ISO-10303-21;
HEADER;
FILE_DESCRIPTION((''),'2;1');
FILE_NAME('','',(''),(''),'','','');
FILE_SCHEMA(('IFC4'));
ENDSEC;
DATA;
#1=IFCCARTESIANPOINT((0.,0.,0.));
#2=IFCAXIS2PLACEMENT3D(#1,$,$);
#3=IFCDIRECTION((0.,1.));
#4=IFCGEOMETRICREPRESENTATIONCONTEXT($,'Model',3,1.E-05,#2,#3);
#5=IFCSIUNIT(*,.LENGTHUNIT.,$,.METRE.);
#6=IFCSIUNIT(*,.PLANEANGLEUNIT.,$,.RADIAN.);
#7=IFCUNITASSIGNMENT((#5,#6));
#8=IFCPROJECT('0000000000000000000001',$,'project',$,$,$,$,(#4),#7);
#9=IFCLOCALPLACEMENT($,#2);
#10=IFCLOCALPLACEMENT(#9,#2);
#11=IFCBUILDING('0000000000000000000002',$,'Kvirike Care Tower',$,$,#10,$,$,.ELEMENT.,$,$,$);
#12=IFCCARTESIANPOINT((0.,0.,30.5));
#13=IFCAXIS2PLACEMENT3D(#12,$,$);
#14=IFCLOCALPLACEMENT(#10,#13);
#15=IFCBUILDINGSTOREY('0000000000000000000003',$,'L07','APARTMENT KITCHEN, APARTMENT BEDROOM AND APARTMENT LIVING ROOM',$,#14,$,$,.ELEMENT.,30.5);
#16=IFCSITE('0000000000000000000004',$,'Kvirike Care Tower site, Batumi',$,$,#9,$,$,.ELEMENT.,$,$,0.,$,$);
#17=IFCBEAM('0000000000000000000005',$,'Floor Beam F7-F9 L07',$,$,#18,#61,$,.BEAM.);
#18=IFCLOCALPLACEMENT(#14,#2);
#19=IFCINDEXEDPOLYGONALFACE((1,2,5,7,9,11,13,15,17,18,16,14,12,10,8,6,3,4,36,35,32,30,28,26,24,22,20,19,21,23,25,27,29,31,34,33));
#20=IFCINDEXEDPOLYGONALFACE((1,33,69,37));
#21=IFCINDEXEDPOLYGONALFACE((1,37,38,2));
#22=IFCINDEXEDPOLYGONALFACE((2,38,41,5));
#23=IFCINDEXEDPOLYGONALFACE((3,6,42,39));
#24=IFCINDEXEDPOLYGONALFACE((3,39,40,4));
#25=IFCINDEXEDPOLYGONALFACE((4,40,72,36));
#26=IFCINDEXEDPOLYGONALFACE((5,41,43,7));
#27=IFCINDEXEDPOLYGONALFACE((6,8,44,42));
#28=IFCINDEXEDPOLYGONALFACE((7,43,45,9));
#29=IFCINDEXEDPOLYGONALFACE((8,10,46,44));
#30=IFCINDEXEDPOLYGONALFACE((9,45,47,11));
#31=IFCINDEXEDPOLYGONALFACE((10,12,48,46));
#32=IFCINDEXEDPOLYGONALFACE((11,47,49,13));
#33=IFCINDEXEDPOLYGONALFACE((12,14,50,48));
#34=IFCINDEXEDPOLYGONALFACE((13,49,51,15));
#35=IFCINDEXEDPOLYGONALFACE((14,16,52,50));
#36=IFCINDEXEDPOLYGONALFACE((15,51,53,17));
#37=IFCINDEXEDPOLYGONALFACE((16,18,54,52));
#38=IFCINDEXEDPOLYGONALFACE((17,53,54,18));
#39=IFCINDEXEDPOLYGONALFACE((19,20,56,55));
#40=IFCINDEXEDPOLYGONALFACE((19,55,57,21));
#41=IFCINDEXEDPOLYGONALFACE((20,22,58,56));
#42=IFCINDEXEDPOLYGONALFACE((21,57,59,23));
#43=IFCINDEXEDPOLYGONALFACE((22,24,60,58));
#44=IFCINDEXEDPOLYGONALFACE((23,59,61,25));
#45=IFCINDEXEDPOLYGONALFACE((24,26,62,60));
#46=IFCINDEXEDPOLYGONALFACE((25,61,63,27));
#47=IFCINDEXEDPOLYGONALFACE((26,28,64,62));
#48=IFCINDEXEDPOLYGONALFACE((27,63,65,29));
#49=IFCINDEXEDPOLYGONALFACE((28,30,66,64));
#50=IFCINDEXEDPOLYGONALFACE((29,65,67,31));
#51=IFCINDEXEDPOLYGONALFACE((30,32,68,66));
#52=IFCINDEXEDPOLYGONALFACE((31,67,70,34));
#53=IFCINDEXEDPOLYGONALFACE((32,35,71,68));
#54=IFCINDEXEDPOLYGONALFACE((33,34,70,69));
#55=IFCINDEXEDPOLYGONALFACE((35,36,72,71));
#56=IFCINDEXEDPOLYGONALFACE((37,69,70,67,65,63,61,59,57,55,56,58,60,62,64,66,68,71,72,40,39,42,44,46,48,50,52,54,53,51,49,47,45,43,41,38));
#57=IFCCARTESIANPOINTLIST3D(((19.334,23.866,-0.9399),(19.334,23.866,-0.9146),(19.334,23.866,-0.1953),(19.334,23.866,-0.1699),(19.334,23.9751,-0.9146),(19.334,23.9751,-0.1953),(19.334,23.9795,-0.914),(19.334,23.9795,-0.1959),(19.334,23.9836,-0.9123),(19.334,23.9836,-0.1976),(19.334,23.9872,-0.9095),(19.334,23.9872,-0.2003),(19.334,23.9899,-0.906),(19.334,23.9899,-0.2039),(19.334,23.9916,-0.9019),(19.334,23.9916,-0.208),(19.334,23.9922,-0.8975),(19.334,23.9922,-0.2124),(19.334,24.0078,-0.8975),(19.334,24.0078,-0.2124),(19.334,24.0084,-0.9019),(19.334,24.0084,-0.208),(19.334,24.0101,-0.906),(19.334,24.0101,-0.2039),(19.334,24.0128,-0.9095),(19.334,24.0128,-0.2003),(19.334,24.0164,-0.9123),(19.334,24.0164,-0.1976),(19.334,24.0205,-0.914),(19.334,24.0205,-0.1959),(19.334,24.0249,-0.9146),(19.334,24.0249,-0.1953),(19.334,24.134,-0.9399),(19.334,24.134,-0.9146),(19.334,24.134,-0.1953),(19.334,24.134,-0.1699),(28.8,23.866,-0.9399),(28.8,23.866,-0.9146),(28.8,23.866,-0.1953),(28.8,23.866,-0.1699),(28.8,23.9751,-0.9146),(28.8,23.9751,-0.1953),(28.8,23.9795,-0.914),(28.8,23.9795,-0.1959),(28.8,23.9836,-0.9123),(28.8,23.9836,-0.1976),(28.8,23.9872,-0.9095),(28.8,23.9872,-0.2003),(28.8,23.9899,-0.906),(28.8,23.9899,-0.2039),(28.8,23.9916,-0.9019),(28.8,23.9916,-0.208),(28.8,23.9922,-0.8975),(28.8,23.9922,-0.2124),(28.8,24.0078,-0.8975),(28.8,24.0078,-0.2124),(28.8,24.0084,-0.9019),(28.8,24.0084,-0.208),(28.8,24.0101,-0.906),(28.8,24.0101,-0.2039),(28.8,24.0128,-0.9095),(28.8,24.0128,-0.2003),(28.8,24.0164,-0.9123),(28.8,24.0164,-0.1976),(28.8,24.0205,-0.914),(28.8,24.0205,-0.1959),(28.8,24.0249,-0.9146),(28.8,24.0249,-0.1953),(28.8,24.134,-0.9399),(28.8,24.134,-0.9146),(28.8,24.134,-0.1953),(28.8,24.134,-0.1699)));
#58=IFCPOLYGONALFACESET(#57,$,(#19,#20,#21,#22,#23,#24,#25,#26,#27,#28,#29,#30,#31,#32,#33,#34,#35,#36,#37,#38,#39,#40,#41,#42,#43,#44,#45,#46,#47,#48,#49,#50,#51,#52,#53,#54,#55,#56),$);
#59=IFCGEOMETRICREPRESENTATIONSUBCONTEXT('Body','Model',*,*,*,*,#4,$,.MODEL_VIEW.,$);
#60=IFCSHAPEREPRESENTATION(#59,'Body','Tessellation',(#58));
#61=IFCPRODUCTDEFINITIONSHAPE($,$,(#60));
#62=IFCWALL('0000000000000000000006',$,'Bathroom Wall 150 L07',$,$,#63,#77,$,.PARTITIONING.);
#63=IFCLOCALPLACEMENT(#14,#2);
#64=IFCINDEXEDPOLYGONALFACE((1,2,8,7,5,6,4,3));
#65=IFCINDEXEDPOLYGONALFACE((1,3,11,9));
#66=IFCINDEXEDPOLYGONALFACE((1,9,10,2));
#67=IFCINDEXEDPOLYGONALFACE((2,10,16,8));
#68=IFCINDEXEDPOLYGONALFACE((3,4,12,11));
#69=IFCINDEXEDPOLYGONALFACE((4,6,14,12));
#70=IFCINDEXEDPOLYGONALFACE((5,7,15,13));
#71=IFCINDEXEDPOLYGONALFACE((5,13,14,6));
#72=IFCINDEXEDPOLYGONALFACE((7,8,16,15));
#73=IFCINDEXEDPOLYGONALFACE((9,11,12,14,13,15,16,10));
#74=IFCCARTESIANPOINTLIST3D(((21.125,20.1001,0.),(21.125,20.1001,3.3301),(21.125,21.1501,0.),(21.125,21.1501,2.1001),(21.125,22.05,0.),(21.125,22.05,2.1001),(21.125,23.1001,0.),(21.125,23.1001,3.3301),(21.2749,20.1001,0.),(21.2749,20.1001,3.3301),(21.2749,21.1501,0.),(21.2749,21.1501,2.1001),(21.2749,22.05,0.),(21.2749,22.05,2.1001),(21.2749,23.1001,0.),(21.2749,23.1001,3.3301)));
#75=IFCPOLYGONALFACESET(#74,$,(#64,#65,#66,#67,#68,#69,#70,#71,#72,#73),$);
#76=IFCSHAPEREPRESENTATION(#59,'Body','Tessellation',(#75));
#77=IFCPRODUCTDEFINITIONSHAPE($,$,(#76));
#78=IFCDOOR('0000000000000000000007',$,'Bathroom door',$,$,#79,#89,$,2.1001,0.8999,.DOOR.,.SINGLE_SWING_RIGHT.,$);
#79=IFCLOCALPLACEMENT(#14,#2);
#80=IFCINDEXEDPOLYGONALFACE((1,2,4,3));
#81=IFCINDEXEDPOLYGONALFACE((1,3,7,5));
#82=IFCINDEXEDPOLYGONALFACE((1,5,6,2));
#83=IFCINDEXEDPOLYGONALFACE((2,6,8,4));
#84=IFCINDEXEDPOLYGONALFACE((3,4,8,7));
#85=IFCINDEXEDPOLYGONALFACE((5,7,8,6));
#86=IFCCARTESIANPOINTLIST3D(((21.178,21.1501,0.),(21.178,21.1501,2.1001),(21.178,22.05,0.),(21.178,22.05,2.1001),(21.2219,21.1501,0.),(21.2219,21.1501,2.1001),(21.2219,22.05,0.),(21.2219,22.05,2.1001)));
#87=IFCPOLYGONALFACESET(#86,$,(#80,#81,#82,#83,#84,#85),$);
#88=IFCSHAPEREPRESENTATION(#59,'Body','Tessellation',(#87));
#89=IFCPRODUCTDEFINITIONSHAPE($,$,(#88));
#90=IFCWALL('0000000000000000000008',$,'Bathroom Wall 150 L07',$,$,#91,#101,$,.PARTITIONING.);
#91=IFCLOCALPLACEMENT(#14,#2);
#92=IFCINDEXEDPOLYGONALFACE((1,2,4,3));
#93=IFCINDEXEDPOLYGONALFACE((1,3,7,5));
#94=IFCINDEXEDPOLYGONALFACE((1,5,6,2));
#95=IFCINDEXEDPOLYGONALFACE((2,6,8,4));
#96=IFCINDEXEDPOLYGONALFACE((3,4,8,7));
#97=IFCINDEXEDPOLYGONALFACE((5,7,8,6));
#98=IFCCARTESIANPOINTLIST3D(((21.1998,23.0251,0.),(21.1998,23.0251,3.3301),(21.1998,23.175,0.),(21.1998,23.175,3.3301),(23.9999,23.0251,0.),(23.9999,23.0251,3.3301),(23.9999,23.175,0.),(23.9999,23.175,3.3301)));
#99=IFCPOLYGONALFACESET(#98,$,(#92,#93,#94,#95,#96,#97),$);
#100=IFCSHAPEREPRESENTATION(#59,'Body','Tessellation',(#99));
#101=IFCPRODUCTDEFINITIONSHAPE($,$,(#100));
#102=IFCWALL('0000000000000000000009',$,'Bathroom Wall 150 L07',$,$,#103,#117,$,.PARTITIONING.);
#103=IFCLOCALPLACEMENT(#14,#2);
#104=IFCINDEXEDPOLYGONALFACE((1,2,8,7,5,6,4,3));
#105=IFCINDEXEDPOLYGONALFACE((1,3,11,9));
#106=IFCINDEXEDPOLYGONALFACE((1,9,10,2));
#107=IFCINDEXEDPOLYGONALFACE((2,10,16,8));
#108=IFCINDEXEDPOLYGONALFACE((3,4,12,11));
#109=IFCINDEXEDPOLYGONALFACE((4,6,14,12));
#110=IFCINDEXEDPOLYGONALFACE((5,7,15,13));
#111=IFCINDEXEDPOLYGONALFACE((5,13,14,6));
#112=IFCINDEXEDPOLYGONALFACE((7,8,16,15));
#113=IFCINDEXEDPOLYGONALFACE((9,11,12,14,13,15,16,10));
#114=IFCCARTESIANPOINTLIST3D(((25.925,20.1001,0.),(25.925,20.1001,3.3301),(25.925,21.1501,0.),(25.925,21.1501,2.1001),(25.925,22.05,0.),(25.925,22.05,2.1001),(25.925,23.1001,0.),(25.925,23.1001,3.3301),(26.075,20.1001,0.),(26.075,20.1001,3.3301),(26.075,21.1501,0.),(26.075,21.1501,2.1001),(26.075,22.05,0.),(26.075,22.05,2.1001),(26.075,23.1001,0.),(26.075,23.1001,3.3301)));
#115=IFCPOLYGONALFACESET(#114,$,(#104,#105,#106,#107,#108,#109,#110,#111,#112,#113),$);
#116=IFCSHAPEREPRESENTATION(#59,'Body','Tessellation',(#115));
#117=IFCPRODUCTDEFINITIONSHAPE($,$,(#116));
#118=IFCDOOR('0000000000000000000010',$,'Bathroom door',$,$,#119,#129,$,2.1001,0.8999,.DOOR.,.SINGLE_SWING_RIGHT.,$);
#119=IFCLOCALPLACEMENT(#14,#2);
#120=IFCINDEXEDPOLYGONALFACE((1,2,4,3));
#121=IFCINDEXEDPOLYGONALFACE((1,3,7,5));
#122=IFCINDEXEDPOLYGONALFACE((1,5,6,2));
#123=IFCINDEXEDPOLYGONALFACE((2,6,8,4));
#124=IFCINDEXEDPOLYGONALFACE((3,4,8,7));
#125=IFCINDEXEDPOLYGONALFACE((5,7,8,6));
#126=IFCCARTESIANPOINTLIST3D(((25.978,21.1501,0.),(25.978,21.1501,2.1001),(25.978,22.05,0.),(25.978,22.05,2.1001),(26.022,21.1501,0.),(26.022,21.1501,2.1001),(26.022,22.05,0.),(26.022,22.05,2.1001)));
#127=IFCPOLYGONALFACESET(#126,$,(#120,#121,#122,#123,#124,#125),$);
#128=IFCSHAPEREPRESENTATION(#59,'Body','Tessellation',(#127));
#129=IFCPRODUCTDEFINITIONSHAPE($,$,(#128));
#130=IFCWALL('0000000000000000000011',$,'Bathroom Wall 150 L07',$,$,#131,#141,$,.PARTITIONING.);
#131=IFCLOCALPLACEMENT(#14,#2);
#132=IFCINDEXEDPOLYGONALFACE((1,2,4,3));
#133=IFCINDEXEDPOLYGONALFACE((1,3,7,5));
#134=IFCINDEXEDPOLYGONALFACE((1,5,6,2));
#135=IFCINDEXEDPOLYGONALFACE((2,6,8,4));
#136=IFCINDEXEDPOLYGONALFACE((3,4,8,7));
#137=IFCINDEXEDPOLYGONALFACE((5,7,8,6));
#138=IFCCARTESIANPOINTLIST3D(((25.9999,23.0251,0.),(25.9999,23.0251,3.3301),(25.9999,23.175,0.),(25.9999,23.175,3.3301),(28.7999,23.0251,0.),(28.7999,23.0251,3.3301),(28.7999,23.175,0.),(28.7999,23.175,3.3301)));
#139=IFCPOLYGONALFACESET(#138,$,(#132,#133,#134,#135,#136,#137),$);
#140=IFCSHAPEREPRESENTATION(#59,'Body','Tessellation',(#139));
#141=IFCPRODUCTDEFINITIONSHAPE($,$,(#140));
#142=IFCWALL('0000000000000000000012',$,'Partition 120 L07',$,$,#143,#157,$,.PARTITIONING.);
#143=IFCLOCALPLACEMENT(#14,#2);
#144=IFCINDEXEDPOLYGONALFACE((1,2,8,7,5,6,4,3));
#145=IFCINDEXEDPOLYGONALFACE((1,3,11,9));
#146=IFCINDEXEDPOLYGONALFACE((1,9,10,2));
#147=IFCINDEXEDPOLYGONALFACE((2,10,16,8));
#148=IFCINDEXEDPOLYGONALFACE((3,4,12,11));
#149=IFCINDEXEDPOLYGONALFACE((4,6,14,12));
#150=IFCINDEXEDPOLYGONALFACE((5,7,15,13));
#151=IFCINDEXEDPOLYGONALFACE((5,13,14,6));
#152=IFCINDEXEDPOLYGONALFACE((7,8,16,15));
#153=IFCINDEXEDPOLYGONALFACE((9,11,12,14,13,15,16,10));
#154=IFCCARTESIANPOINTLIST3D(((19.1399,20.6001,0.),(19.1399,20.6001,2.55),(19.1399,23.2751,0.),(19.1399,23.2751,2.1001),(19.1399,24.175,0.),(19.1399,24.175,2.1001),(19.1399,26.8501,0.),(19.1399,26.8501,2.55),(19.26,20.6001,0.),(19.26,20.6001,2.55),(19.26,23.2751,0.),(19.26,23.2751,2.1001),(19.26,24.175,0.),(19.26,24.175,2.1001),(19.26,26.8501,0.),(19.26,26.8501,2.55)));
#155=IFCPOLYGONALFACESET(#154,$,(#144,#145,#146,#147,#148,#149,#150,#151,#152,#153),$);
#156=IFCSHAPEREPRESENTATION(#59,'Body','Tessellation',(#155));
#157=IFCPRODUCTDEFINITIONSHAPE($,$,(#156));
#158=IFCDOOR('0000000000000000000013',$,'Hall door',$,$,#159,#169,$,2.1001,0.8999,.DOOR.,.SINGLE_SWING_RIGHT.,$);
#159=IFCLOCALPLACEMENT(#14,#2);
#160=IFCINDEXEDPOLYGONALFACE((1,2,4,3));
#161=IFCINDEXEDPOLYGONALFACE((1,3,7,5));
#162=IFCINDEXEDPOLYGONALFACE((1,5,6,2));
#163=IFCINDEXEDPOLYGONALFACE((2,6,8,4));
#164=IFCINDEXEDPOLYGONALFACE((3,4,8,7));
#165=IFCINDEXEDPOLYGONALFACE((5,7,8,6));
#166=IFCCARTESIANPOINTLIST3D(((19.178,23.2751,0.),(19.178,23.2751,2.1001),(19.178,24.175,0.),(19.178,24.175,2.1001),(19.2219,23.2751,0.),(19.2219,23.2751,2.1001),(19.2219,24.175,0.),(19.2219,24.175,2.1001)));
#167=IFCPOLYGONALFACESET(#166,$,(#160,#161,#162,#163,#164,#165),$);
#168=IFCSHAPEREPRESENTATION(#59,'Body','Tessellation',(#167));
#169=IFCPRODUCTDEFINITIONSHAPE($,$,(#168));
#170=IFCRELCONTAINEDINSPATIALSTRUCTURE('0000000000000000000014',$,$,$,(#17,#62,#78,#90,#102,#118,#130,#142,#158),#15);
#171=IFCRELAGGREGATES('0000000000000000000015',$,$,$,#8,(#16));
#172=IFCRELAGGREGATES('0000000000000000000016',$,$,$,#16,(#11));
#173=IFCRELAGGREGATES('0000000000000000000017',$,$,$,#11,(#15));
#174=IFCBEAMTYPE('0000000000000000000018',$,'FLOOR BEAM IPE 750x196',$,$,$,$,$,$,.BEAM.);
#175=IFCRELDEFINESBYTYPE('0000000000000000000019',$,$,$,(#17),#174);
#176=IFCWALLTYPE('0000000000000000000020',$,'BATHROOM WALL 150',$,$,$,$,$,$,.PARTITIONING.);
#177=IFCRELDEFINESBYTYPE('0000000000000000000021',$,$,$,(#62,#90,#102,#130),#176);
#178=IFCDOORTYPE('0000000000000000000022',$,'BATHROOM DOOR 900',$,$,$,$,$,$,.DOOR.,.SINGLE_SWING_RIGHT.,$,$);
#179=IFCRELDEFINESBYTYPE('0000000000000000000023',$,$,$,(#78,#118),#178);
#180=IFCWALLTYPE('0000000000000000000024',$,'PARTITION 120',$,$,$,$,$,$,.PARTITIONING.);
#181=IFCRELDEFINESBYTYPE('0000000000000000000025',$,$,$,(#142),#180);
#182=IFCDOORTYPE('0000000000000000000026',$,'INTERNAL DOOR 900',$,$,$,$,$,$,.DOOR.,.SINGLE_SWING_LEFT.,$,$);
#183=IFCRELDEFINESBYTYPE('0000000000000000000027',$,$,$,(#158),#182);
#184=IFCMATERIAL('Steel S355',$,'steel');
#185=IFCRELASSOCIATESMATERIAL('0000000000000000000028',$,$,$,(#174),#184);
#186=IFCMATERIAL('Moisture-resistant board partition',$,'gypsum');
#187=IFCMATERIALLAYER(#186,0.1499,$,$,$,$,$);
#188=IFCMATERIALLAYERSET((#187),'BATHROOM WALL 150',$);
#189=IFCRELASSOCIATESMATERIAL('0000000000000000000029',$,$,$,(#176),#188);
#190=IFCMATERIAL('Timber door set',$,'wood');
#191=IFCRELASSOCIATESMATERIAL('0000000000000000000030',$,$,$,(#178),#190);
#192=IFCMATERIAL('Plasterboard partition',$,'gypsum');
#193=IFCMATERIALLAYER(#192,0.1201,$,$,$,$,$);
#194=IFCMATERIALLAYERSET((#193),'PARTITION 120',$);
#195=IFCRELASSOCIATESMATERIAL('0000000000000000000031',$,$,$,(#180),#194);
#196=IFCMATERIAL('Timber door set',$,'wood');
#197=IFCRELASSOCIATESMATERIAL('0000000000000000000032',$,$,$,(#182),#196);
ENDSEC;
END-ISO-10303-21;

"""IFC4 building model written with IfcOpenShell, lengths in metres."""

from ifc_helpers import new_model, si_unit, direction, frame, frame_2d, origin, origin_2d, place, context, subcontext, project, spatial, rectangle, i_section, extrude, material, layer, layer_set, material_profile, profile_set, type_object, element, fill, save


model = new_model("IFC4")

# Units and contexts
model_context = context("Model", 3, precision=1e-05, world=origin(), true_north=direction((0.0, 1.0)))
body_context = subcontext(model_context, "Body", "Model", "MODEL_VIEW")
ifc_project = project(units=[si_unit("LENGTHUNIT", "METRE"), si_unit("PLANEANGLEUNIT", "RADIAN")], contexts=[model_context])

# Site, building, storey
site_placement = place(None, origin())
site = spatial("IfcSite", under=ifc_project, at=site_placement, Name="Kvirike Care Tower site, Batumi", CompositionType="ELEMENT", RefElevation=0.0)
building_placement = place(site_placement, origin())
building = spatial("IfcBuilding", under=site, at=building_placement, Name="Kvirike Care Tower", CompositionType="ELEMENT")
storey_placement = place(building_placement, frame((0.0, 0.0, 30.5)))
storey = spatial("IfcBuildingStorey", under=building, at=storey_placement, Name="L07", Description="APARTMENT KITCHEN, APARTMENT BEDROOM AND APARTMENT LIVING ROOM", CompositionType="ELEMENT", Elevation=30.5)

# Beam
ifc_material_1 = material(Name="Steel S355", Category="steel")
ifc_material_profile = material_profile(ifc_material_1, i_section(OverallWidth=0.2681, OverallDepth=0.77, WebThickness=0.0156, FlangeThickness=0.0254, FilletRadius=0.0171, at=origin_2d()), Name="IPE 750x196")
ifc_profile_set = profile_set([ifc_material_profile], Name="Steel S355")
beam_type = type_object("IfcBeamType", Name="FLOOR BEAM IPE 750x196", PredefinedType="BEAM", material=ifc_profile_set)
beam_placement = place(storey_placement, frame((19.334, 24.0, -0.5549), z_axis=(1.0, 0.0, 0.0), x_axis=(0.0, 1.0, 0.0)))
element("IfcBeam", 1, at=beam_placement, inside=storey, type_object=beam_type, Name="Floor Beam F7-F9 L07", PredefinedType="BEAM", context=body_context, shape_type="SweptSolid", body=[
    extrude(i_section(OverallWidth=0.2681, OverallDepth=0.77, WebThickness=0.0156, FlangeThickness=0.0254, FilletRadius=0.0171, at=origin_2d()), origin(), (0.0, 0.0, 1.0), 9.4661),
])

# Wall, opening, door
ifc_material_2 = material(Name="Moisture-resistant board partition", Category="gypsum")
ifc_layer_1 = layer(ifc_material_2, 0.1499)
ifc_layer_set_1 = layer_set([ifc_layer_1], Name="BATHROOM WALL 150")
wall_type_1 = type_object("IfcWallType", Name="BATHROOM WALL 150", PredefinedType="PARTITIONING", material=ifc_layer_set_1)
wall_1_placement = place(storey_placement, frame((21.2, 20.1001, 0.0), z_axis=(0.0, 0.0, 1.0), x_axis=(0.0, 1.0, 0.0)))
wall_1 = element("IfcWall", 2, at=wall_1_placement, inside=storey, type_object=wall_type_1, Name="Bathroom Wall 150 L07", PredefinedType="PARTITIONING", context=body_context, shape_type="SweptSolid", body=[
    extrude(rectangle(XDim=3.0, YDim=0.1499, at=frame_2d((1.5, 0.0))), origin(), (0.0, 0.0, 1.0), 3.3301),
])
opening_1_placement = place(wall_1_placement, frame((1.05, 0.0, 0.0)))
opening_1 = element("IfcOpeningElement", 3, at=opening_1_placement, cuts=wall_1, PredefinedType="OPENING", context=body_context, shape_type="SweptSolid", body=[
    extrude(rectangle(XDim=0.8999, YDim=2.1001, at=frame_2d((0.45, 1.05))), frame((0.0, 0.0854, 0.0), z_axis=(0.0, -1.0, 0.0), x_axis=(1.0, 0.0, 0.0)), (0.0, 0.0, 1.0), 0.1709),
])
ifc_material_3 = material(Name="Timber door set", Category="wood")
door_type_1 = type_object("IfcDoorType", Name="BATHROOM DOOR 900", OperationType="SINGLE_SWING_RIGHT", PredefinedType="DOOR", material=ifc_material_3)
door_1_placement = place(opening_1_placement, frame((0.8999, 0.0, 0.0), z_axis=(0.0, 0.0, 1.0), x_axis=(-1.0, 0.0, 0.0)))
door_1 = element("IfcDoor", 4, at=door_1_placement, inside=storey, type_object=door_type_1, Name="Bathroom door", OperationType="SINGLE_SWING_RIGHT", OverallHeight=2.1001, OverallWidth=0.8999, PredefinedType="DOOR", context=body_context, shape_type="SweptSolid", body=[
    extrude(rectangle(XDim=0.8999, YDim=2.1001, at=frame_2d((0.45, 1.05))), frame((0.0, 0.022, 0.0), z_axis=(0.0, -1.0, 0.0), x_axis=(1.0, 0.0, 0.0)), (0.0, 0.0, 1.0), 0.0439),
])
fill(opening_1, door_1)

# Wall
wall_2_placement = place(storey_placement, frame((21.2, 23.1001, 0.0), z_axis=(0.0, 0.0, 1.0), x_axis=(1.0, 0.0, 0.0)))
element("IfcWall", 5, at=wall_2_placement, inside=storey, type_object=wall_type_1, Name="Bathroom Wall 150 L07", PredefinedType="PARTITIONING", context=body_context, shape_type="SweptSolid", body=[
    extrude(rectangle(XDim=2.8, YDim=0.1499, at=frame_2d((1.3999, 0.0))), origin(), (0.0, 0.0, 1.0), 3.3301),
])

# Wall, opening, door
wall_3_placement = place(storey_placement, frame((26.0, 20.1001, 0.0), z_axis=(0.0, 0.0, 1.0), x_axis=(0.0, 1.0, 0.0)))
wall_3 = element("IfcWall", 6, at=wall_3_placement, inside=storey, type_object=wall_type_1, Name="Bathroom Wall 150 L07", PredefinedType="PARTITIONING", context=body_context, shape_type="SweptSolid", body=[
    extrude(rectangle(XDim=3.0, YDim=0.1499, at=frame_2d((1.5, 0.0))), origin(), (0.0, 0.0, 1.0), 3.3301),
])
opening_2_placement = place(wall_3_placement, frame((1.05, 0.0, 0.0)))
opening_2 = element("IfcOpeningElement", 7, at=opening_2_placement, cuts=wall_3, PredefinedType="OPENING", context=body_context, shape_type="SweptSolid", body=[
    extrude(rectangle(XDim=0.8999, YDim=2.1001, at=frame_2d((0.45, 1.05))), frame((0.0, 0.0854, 0.0), z_axis=(0.0, -1.0, 0.0), x_axis=(1.0, 0.0, 0.0)), (0.0, 0.0, 1.0), 0.1709),
])
door_2_placement = place(opening_2_placement, frame((0.8999, 0.0, 0.0), z_axis=(0.0, 0.0, 1.0), x_axis=(-1.0, 0.0, 0.0)))
door_2 = element("IfcDoor", 8, at=door_2_placement, inside=storey, type_object=door_type_1, Name="Bathroom door", OperationType="SINGLE_SWING_RIGHT", OverallHeight=2.1001, OverallWidth=0.8999, PredefinedType="DOOR", context=body_context, shape_type="SweptSolid", body=[
    extrude(rectangle(XDim=0.8999, YDim=2.1001, at=frame_2d((0.45, 1.05))), frame((0.0, 0.022, 0.0), z_axis=(0.0, -1.0, 0.0), x_axis=(1.0, 0.0, 0.0)), (0.0, 0.0, 1.0), 0.0439),
])
fill(opening_2, door_2)

# Wall
wall_4_placement = place(storey_placement, frame((26.0, 23.1001, 0.0), z_axis=(0.0, 0.0, 1.0), x_axis=(1.0, 0.0, 0.0)))
element("IfcWall", 9, at=wall_4_placement, inside=storey, type_object=wall_type_1, Name="Bathroom Wall 150 L07", PredefinedType="PARTITIONING", context=body_context, shape_type="SweptSolid", body=[
    extrude(rectangle(XDim=2.8, YDim=0.1499, at=frame_2d((1.3999, 0.0))), origin(), (0.0, 0.0, 1.0), 3.3301),
])

# Wall, opening, door
ifc_material_4 = material(Name="Plasterboard partition", Category="gypsum")
ifc_layer_2 = layer(ifc_material_4, 0.1201)
ifc_layer_set_2 = layer_set([ifc_layer_2], Name="PARTITION 120")
wall_type_2 = type_object("IfcWallType", Name="PARTITION 120", PredefinedType="PARTITIONING", material=ifc_layer_set_2)
wall_5_placement = place(storey_placement, frame((19.2, 20.6001, 0.0), z_axis=(0.0, 0.0, 1.0), x_axis=(0.0, 1.0, 0.0)))
wall_5 = element("IfcWall", 10, at=wall_5_placement, inside=storey, type_object=wall_type_2, Name="Partition 120 L07", PredefinedType="PARTITIONING", context=body_context, shape_type="SweptSolid", body=[
    extrude(rectangle(XDim=6.25, YDim=0.1201, at=frame_2d((3.125, 0.0))), origin(), (0.0, 0.0, 1.0), 2.55),
])
opening_3_placement = place(wall_5_placement, frame((2.675, 0.0, 0.0)))
opening_3 = element("IfcOpeningElement", 11, at=opening_3_placement, cuts=wall_5, PredefinedType="OPENING", context=body_context, shape_type="SweptSolid", body=[
    extrude(rectangle(XDim=0.8999, YDim=2.1001, at=frame_2d((0.45, 1.05))), frame((0.0, 0.0706, 0.0), z_axis=(0.0, -1.0, 0.0), x_axis=(1.0, 0.0, 0.0)), (0.0, 0.0, 1.0), 0.1411),
])
ifc_material_5 = material(Name="Timber door set", Category="wood")
door_type_2 = type_object("IfcDoorType", Name="INTERNAL DOOR 900", OperationType="SINGLE_SWING_LEFT", PredefinedType="DOOR", material=ifc_material_5)
door_3_placement = place(opening_3_placement, origin())
door_3 = element("IfcDoor", 12, at=door_3_placement, inside=storey, type_object=door_type_2, Name="Hall door", OperationType="SINGLE_SWING_RIGHT", OverallHeight=2.1001, OverallWidth=0.8999, PredefinedType="DOOR", context=body_context, shape_type="SweptSolid", body=[
    extrude(rectangle(XDim=0.8999, YDim=2.1001, at=frame_2d((0.45, 1.05))), frame((0.0, 0.022, 0.0), z_axis=(0.0, -1.0, 0.0), x_axis=(1.0, 0.0, 0.0)), (0.0, 0.0, 1.0), 0.0439),
])
fill(opening_3, door_3)

save(model, "model.ifc")
